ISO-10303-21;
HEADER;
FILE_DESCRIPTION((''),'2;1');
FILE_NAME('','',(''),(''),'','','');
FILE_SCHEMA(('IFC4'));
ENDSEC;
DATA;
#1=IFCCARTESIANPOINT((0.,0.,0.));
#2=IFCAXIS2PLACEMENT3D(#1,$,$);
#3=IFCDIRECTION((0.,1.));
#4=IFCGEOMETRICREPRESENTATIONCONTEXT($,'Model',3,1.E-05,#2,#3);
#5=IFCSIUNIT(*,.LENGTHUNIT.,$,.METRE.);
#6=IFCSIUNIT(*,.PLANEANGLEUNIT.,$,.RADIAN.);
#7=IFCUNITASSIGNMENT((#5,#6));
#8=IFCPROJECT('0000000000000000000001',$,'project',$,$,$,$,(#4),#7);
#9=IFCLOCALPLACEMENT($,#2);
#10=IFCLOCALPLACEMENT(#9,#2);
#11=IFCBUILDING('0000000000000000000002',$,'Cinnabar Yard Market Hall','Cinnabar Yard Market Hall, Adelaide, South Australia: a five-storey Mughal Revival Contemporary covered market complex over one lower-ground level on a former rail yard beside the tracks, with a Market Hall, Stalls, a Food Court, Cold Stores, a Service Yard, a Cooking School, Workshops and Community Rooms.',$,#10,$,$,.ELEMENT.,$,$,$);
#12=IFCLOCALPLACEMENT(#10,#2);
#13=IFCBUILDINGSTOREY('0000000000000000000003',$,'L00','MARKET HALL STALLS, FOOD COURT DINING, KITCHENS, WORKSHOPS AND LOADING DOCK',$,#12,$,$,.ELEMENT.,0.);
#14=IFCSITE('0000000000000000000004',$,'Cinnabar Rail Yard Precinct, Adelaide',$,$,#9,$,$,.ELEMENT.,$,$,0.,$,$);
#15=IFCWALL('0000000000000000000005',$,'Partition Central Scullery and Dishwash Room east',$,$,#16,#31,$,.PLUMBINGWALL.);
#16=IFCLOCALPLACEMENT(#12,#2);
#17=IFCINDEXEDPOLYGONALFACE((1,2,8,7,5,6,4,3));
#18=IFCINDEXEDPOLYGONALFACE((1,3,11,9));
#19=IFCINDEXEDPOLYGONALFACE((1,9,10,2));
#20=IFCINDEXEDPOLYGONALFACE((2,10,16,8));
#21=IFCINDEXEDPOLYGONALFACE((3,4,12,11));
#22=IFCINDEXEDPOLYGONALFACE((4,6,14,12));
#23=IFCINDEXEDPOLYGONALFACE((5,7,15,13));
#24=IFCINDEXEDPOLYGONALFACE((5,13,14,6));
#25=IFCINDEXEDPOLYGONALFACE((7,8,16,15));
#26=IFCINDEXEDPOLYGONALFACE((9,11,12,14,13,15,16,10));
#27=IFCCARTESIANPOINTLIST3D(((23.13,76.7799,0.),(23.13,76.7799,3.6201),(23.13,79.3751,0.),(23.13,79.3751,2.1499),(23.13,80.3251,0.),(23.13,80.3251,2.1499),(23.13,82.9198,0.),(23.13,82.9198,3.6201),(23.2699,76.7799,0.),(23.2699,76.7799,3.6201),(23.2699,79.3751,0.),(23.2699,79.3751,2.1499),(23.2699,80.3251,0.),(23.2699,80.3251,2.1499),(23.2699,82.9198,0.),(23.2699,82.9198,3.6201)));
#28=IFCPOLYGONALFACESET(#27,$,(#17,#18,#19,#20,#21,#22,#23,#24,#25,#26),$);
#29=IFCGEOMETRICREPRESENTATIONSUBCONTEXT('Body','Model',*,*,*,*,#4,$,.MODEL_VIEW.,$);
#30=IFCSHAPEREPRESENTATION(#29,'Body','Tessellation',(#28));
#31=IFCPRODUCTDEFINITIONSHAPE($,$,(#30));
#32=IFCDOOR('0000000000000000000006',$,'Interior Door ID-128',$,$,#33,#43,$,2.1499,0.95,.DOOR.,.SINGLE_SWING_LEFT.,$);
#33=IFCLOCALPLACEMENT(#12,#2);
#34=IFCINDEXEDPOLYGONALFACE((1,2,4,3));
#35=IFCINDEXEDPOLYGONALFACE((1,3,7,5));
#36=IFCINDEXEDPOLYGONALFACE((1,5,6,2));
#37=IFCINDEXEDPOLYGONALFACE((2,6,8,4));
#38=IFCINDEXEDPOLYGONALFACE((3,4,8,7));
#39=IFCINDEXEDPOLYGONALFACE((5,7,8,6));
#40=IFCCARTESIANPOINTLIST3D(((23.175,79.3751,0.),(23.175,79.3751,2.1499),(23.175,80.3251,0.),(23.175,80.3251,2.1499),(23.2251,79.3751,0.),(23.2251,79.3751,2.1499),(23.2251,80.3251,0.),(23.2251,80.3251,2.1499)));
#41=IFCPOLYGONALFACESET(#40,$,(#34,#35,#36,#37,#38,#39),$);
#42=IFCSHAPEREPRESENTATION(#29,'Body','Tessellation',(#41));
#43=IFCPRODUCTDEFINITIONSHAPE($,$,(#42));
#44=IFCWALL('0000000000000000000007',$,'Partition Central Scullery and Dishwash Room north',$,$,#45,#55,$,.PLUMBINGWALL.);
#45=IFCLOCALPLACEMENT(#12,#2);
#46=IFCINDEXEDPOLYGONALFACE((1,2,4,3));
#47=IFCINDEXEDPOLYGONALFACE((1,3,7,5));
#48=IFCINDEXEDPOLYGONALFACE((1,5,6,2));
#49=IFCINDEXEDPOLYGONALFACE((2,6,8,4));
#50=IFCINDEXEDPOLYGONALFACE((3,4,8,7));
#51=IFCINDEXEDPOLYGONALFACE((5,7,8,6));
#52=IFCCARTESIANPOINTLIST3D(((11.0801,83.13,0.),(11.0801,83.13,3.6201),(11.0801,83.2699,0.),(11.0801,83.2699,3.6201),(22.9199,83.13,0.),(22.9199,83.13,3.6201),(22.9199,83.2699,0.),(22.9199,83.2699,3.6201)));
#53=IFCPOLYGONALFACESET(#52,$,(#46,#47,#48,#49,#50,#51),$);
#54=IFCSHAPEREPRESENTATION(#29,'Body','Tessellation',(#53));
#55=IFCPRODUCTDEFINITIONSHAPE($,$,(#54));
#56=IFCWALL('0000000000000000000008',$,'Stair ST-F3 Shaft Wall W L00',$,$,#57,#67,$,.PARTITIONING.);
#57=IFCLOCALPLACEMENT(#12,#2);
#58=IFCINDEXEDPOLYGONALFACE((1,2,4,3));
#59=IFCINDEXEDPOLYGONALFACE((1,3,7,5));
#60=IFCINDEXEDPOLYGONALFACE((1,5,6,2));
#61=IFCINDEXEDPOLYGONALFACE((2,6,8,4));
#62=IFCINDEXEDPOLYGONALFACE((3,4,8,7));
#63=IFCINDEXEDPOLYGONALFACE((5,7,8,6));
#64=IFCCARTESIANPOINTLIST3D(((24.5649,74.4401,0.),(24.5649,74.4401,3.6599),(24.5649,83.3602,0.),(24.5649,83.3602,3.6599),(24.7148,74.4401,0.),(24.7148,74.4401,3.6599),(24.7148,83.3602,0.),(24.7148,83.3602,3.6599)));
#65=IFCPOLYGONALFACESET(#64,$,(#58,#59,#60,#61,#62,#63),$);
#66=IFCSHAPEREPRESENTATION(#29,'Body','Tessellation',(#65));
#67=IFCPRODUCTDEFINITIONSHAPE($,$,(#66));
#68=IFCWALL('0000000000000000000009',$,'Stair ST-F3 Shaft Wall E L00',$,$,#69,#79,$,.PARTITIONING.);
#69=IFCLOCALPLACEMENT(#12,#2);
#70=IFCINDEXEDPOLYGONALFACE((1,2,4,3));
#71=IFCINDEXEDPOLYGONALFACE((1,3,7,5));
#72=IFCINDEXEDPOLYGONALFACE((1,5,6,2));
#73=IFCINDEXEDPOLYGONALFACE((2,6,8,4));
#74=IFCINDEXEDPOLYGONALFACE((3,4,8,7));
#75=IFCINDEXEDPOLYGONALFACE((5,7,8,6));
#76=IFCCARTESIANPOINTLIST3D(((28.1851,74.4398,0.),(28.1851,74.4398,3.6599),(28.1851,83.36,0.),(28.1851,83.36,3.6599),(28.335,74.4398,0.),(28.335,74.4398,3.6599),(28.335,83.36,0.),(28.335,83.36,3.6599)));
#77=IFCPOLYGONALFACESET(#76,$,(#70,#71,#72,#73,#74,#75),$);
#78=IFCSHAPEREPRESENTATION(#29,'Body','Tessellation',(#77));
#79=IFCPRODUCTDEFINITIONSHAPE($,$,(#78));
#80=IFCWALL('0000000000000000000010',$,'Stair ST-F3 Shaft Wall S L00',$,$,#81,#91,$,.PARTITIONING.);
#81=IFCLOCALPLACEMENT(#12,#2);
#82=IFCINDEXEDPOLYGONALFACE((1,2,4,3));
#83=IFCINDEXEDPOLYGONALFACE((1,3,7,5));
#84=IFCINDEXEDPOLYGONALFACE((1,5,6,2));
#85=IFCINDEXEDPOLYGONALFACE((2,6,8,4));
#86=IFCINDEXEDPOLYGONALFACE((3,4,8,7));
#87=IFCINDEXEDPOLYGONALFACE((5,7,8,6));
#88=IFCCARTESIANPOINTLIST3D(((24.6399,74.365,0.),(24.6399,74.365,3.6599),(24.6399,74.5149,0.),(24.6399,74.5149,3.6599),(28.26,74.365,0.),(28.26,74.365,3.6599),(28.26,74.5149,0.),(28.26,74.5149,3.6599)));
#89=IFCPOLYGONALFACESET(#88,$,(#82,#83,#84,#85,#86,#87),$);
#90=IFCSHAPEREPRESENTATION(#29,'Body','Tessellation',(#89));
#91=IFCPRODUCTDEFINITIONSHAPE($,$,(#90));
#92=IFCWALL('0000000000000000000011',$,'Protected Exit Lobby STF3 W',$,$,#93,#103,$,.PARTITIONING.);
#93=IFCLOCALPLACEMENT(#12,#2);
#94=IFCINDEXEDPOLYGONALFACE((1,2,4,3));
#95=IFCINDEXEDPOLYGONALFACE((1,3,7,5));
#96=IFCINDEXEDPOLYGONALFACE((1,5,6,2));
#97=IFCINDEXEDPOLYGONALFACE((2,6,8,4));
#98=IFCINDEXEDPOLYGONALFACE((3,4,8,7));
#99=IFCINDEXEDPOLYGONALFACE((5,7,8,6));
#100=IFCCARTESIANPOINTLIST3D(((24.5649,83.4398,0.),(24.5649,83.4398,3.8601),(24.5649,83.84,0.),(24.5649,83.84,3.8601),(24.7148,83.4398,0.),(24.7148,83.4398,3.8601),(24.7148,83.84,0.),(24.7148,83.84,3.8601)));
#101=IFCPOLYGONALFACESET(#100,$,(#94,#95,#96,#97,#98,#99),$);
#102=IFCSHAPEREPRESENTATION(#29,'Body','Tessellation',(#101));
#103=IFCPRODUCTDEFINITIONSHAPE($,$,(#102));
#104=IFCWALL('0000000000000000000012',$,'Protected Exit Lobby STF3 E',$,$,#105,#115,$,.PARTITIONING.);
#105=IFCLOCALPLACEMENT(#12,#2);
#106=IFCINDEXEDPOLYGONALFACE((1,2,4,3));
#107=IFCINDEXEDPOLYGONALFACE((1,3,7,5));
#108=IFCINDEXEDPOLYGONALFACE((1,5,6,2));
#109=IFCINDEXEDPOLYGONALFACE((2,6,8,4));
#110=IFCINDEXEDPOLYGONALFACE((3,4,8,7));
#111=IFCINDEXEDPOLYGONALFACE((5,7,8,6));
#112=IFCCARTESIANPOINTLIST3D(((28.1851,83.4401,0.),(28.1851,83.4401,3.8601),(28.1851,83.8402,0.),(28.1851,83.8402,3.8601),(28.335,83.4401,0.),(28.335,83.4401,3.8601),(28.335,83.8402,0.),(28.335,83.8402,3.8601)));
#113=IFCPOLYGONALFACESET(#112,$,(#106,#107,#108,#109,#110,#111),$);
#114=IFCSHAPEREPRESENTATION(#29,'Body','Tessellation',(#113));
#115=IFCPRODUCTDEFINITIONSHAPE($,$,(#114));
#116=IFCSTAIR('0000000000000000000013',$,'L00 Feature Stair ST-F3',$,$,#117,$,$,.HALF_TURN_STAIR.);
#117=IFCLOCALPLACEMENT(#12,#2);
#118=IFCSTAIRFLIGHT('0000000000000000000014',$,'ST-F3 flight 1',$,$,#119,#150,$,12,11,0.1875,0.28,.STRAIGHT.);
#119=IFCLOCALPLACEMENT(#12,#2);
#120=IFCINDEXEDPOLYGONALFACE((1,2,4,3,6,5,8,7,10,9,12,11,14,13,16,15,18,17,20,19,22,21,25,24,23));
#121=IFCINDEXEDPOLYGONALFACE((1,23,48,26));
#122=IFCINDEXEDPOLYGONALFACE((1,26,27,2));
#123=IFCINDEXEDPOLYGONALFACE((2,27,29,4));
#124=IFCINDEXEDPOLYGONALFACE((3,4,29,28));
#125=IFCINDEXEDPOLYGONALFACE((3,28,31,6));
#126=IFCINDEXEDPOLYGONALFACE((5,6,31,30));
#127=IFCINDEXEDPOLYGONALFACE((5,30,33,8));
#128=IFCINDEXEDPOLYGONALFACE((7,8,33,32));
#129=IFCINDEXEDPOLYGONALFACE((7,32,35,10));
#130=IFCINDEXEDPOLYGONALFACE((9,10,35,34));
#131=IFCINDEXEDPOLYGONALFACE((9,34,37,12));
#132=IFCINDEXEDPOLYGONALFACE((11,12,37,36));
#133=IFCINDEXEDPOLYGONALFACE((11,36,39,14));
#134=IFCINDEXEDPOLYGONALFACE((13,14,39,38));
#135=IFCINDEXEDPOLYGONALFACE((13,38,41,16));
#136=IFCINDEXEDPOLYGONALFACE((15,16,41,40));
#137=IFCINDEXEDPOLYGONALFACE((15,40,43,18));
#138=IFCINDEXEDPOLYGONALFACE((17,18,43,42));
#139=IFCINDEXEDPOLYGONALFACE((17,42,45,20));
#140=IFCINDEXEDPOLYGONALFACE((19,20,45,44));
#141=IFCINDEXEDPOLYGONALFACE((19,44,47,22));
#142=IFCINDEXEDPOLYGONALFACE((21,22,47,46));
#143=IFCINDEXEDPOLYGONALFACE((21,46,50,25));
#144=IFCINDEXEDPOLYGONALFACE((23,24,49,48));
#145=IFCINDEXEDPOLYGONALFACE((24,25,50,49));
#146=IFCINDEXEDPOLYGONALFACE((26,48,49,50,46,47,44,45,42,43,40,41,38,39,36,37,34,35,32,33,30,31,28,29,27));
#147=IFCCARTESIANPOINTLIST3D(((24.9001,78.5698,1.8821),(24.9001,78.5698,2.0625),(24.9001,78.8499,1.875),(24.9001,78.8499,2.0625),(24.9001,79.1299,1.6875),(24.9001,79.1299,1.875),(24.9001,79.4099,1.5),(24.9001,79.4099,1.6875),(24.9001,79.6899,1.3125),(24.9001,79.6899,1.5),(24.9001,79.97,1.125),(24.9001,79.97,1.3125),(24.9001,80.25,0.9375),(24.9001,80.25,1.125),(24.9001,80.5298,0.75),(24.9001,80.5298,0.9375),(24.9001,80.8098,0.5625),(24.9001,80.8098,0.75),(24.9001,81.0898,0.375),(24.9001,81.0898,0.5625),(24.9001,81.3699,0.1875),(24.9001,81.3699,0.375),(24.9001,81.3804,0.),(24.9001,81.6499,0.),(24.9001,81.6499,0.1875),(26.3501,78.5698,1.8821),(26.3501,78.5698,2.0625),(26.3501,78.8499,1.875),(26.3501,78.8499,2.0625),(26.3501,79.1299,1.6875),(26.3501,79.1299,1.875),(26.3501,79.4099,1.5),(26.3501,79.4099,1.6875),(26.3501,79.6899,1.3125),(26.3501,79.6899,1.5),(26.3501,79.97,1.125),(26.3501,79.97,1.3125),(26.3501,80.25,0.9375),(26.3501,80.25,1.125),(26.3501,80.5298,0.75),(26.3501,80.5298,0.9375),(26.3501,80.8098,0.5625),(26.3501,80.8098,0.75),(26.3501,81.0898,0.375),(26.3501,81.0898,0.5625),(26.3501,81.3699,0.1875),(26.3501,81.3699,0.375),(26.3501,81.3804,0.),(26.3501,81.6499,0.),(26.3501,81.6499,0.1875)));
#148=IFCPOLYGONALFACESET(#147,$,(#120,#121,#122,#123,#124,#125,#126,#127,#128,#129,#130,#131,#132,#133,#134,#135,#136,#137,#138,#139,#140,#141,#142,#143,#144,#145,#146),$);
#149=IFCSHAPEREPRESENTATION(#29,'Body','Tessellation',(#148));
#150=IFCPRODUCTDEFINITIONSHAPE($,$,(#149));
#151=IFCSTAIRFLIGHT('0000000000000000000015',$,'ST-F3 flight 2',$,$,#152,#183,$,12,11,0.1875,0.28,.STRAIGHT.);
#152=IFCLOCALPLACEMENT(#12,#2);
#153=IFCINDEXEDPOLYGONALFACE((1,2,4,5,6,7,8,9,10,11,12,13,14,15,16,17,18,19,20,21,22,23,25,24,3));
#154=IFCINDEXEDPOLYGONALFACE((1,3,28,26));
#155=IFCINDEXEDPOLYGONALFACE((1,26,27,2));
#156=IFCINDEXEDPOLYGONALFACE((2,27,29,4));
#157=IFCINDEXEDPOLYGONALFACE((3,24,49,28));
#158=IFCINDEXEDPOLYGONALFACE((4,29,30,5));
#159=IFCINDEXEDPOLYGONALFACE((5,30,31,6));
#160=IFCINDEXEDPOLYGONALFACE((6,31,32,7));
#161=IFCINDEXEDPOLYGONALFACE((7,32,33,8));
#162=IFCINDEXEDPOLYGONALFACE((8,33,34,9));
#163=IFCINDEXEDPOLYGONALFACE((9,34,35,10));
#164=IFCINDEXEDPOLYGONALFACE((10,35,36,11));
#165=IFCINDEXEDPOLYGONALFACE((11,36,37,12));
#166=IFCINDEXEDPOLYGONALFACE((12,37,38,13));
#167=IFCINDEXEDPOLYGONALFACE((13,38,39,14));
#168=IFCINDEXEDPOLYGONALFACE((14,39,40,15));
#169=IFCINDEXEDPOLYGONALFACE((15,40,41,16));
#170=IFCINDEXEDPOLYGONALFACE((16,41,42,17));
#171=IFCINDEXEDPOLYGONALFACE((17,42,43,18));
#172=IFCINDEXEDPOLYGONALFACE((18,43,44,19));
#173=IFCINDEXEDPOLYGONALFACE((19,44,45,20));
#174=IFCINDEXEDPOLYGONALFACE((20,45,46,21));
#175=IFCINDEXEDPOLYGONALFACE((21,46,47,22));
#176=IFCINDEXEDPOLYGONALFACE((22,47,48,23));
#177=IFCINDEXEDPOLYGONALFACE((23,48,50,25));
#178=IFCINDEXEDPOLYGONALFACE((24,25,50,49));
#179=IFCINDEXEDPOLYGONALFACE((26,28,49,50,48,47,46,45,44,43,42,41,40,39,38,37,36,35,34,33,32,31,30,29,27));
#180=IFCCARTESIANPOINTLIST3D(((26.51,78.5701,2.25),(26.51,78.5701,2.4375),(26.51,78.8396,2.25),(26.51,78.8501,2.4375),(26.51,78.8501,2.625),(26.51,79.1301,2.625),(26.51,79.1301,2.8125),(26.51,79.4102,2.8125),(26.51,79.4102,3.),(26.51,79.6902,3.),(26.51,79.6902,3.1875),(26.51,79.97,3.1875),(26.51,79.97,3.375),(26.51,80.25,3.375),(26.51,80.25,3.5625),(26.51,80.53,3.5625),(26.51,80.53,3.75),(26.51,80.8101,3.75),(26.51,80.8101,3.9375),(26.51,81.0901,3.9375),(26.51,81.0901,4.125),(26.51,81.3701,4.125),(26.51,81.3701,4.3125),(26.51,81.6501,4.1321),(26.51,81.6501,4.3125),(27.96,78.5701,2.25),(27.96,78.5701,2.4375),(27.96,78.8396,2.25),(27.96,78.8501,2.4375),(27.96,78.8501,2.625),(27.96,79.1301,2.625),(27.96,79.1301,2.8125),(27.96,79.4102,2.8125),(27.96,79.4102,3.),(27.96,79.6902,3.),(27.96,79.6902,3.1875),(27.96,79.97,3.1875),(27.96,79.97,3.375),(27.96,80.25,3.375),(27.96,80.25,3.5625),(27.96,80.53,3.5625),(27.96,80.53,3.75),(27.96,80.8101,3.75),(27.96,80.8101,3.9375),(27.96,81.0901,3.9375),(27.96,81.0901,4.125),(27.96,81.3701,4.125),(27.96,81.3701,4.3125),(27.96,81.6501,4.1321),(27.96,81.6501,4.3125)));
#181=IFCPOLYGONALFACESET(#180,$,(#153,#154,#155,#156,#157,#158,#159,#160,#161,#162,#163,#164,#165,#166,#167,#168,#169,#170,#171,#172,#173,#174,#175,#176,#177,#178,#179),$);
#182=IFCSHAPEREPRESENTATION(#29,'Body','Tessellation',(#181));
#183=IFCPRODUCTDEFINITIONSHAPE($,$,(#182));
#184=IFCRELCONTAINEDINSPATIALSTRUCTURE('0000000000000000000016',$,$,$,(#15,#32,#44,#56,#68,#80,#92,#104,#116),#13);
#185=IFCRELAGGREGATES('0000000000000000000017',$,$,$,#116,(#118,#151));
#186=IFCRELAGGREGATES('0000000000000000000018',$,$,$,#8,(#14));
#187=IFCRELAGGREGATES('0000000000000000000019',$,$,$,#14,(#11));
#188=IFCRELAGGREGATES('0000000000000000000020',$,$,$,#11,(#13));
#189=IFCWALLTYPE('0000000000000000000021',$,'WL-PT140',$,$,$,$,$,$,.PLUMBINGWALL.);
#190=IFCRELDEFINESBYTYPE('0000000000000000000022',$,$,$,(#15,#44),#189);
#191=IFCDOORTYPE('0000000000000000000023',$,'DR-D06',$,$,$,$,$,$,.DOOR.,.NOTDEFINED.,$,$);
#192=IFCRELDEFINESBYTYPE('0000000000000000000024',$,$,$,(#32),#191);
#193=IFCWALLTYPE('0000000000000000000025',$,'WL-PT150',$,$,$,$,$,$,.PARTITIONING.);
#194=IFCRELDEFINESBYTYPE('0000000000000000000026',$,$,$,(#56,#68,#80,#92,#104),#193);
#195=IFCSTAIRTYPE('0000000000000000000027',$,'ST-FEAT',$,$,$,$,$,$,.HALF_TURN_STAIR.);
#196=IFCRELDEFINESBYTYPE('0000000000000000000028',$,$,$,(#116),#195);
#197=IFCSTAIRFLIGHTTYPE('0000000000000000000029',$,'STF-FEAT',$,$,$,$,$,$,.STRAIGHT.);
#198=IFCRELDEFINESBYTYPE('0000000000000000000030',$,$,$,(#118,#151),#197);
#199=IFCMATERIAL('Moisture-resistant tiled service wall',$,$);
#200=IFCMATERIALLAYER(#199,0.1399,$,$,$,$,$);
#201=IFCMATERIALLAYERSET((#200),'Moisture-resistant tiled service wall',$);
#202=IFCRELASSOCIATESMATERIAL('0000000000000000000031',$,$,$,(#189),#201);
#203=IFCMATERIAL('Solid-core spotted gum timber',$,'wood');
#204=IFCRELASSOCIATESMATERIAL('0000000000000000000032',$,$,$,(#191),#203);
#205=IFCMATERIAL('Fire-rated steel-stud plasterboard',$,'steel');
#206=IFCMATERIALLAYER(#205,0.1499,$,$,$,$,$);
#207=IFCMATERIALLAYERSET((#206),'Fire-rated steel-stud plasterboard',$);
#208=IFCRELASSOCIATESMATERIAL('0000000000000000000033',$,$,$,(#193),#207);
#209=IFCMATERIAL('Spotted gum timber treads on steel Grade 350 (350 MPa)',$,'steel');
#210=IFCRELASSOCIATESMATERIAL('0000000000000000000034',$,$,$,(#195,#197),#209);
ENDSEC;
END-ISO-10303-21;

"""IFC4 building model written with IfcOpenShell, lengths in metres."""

from ifc_helpers import new_model, si_unit, direction, frame, frame_2d, origin, place, context, subcontext, project, spatial, polyline, rectangle, outline, extrude, material, layer, layer_set, type_object, element, fill, aggregate, save


model = new_model("IFC4")

# Units and contexts
model_context = context("Model", 3, precision=1e-05, world=origin(), true_north=direction((0.0, 1.0)))
body_context = subcontext(model_context, "Body", "Model", "MODEL_VIEW")
ifc_project = project(units=[si_unit("LENGTHUNIT", "METRE"), si_unit("PLANEANGLEUNIT", "RADIAN")], contexts=[model_context])

# Site, building, storey
site_placement = place(None, origin())
site = spatial("IfcSite", under=ifc_project, at=site_placement, Name="Cinnabar Rail Yard Precinct, Adelaide", CompositionType="ELEMENT", RefElevation=0.0)
building_placement = place(site_placement, origin())
building = spatial("IfcBuilding", under=site, at=building_placement, Name="Cinnabar Yard Market Hall", Description="Cinnabar Yard Market Hall, Adelaide, South Australia: a five-storey Mughal Revival Contemporary covered market complex over one lower-ground level on a former rail yard beside the tracks, with a Market Hall, Stalls, a Food Court, Cold Stores, a Service Yard, a Cooking School, Workshops and Community Rooms.", CompositionType="ELEMENT")
storey_placement = place(building_placement, origin())
storey = spatial("IfcBuildingStorey", under=building, at=storey_placement, Name="L00", Description="MARKET HALL STALLS, FOOD COURT DINING, KITCHENS, WORKSHOPS AND LOADING DOCK", CompositionType="ELEMENT", Elevation=0.0)

# Wall, opening, door
ifc_material_1 = material(Name="Moisture-resistant tiled service wall")
ifc_layer_1 = layer(ifc_material_1, 0.1399)
ifc_layer_set_1 = layer_set([ifc_layer_1], Name="Moisture-resistant tiled service wall")
wall_type_1 = type_object("IfcWallType", Name="WL-PT140", PredefinedType="PLUMBINGWALL", material=ifc_layer_set_1)
ifc_material_2 = material(Name="Solid-core spotted gum timber", Category="wood")
wall_1_placement = place(storey_placement, frame((23.2, 76.78, 0.0), z_axis=(0.0, 0.0, 1.0), x_axis=(0.0, 1.0, 0.0)))
wall_1 = element("IfcWall", 1, at=wall_1_placement, inside=storey, type_object=wall_type_1, Name="Partition Central Scullery and Dishwash Room east", PredefinedType="PLUMBINGWALL", context=body_context, shape_type="SweptSolid", body=[
    extrude(rectangle(XDim=6.1399, YDim=0.1399, at=frame_2d((3.0698, 0.0), x_axis=(1.0, 0.0))), origin(), (0.0, 0.0, 1.0), 3.6201),
])
opening_1_placement = place(wall_1_placement, frame((2.595, 0.0, 0.0)))
opening_1 = element("IfcOpeningElement", 2, at=opening_1_placement, cuts=wall_1, PredefinedType="OPENING", context=body_context, shape_type="SweptSolid", body=[
    extrude(rectangle(XDim=0.95, YDim=2.1499, at=frame_2d((0.4751, 1.075), x_axis=(1.0, 0.0))), frame((0.0, 0.0798, 0.0), z_axis=(0.0, -1.0, 0.0), x_axis=(1.0, 0.0, 0.0)), (0.0, 0.0, 1.0), 0.1599),
])
door_type_1 = type_object("IfcDoorType", Name="DR-D06", OperationType="NOTDEFINED", PredefinedType="DOOR", material=ifc_material_2)
door_1_placement = place(opening_1_placement, origin())
door_1 = element("IfcDoor", 3, at=door_1_placement, inside=storey, type_object=door_type_1, Name="Interior Door ID-128", OperationType="SINGLE_SWING_LEFT", OverallHeight=2.1499, OverallWidth=0.95, PredefinedType="DOOR", context=body_context, shape_type="SweptSolid", body=[
    extrude(rectangle(XDim=0.95, YDim=2.1499, at=frame_2d((0.4751, 1.075), x_axis=(1.0, 0.0))), frame((0.0, 0.0249, 0.0), z_axis=(0.0, -1.0, 0.0), x_axis=(1.0, 0.0, 0.0)), (0.0, 0.0, 1.0), 0.05),
])
fill(opening_1, door_1)

# Walls
wall_2_placement = place(storey_placement, frame((22.9199, 83.2, 0.0), z_axis=(0.0, 0.0, 1.0), x_axis=(-1.0, 0.0, 0.0)))
element("IfcWall", 4, at=wall_2_placement, inside=storey, type_object=wall_type_1, Name="Partition Central Scullery and Dishwash Room north", PredefinedType="PLUMBINGWALL", context=body_context, shape_type="SweptSolid", body=[
    extrude(rectangle(XDim=11.8398, YDim=0.1399, at=frame_2d((5.9199, 0.0), x_axis=(1.0, 0.0))), origin(), (0.0, 0.0, 1.0), 3.6201),
])
ifc_material_3 = material(Name="Fire-rated steel-stud plasterboard", Category="steel")
ifc_layer_2 = layer(ifc_material_3, 0.1499)
ifc_layer_set_2 = layer_set([ifc_layer_2], Name="Fire-rated steel-stud plasterboard")
wall_type_2 = type_object("IfcWallType", Name="WL-PT150", PredefinedType="PARTITIONING", material=ifc_layer_set_2)
for number, where, z_axis, x_axis, name in (
    (5, (24.6399, 83.3601, 0.0), (0.0, 0.0, 1.0), (0.0, -1.0, 0.0), "Stair ST-F3 Shaft Wall W L00"),
    (6, (28.26, 74.4399, 0.0), (0.0, 0.0, 1.0), (0.0, 1.0, 0.0), "Stair ST-F3 Shaft Wall E L00"),
):
    element("IfcWall", number, at=place(storey_placement, frame(where, z_axis=z_axis, x_axis=x_axis)), inside=storey, type_object=wall_type_2, Name=name, PredefinedType="PARTITIONING", context=body_context, shape_type="SweptSolid", body=[
        extrude(rectangle(XDim=8.9202, YDim=0.1499, at=frame_2d((4.46, 0.0), x_axis=(1.0, 0.0))), origin(), (0.0, 0.0, 1.0), 3.6599),
    ])
wall_3_placement = place(storey_placement, frame((24.6399, 74.4399, 0.0), z_axis=(0.0, 0.0, 1.0), x_axis=(1.0, 0.0, 0.0)))
element("IfcWall", 7, at=wall_3_placement, inside=storey, type_object=wall_type_2, Name="Stair ST-F3 Shaft Wall S L00", PredefinedType="PARTITIONING", context=body_context, shape_type="SweptSolid", body=[
    extrude(rectangle(XDim=3.6201, YDim=0.1499, at=frame_2d((1.8101, 0.0), x_axis=(1.0, 0.0))), origin(), (0.0, 0.0, 1.0), 3.6599),
])

# Walls
for number, where, z_axis, x_axis, name in (
    (8, (24.6399, 83.8401, 0.0), (0.0, 0.0, 1.0), (0.0, -1.0, 0.0), "Protected Exit Lobby STF3 W"),
    (9, (28.26, 83.4399, 0.0), (0.0, 0.0, 1.0), (0.0, 1.0, 0.0), "Protected Exit Lobby STF3 E"),
):
    element("IfcWall", number, at=place(storey_placement, frame(where, z_axis=z_axis, x_axis=x_axis)), inside=storey, type_object=wall_type_2, Name=name, PredefinedType="PARTITIONING", context=body_context, shape_type="SweptSolid", body=[
        extrude(rectangle(XDim=0.4001, YDim=0.1499, at=frame_2d((0.2002, 0.0), x_axis=(1.0, 0.0))), origin(), (0.0, 0.0, 1.0), 3.8601),
    ])

# Stair, stair flights
ifc_material_4 = material(Name="Spotted gum timber treads on steel Grade 350 (350 MPa)", Category="steel")
stair_type = type_object("IfcStairType", Name="ST-FEAT", PredefinedType="HALF_TURN_STAIR", material=ifc_material_4)
stair_placement = place(storey_placement, origin())
stair = element("IfcStair", 10, at=stair_placement, inside=storey, type_object=stair_type, Name="L00 Feature Stair ST-F3", PredefinedType="HALF_TURN_STAIR")
stair_flight_type = type_object("IfcStairFlightType", Name="STF-FEAT", PredefinedType="STRAIGHT", material=ifc_material_4)
stair_flight_1_placement = place(storey_placement, frame((25.625, 81.6499, 0.0), z_axis=(0.0, 0.0, 1.0), x_axis=(0.0, -1.0, 0.0)))
stair_flight_1 = element("IfcStairFlight", 11, at=stair_flight_1_placement, type_object=stair_flight_type, Name="ST-F3 flight 1", NumberOfRisers=12, NumberOfTreads=11, PredefinedType="STRAIGHT", RiserHeight=0.1875, TreadLength=0.28, context=body_context, shape_type="SweptSolid", body=[
    extrude(outline(polyline([(0.0, 0.0), (0.0, 0.1875), (0.28, 0.1875), (0.28, 0.375), (0.5601, 0.375), (0.5601, 0.5625), (0.8401, 0.5625), (0.8401, 0.75), (1.1201, 0.75), (1.1201, 0.9375), (1.3999, 0.9375), (1.3999, 1.125), (1.6799, 1.125), (1.6799, 1.3125), (1.96, 1.3125), (1.96, 1.5), (2.24, 1.5), (2.24, 1.6875), (2.52, 1.6875), (2.52, 1.875), (2.8, 1.875), (2.8, 2.0625), (3.0801, 2.0625), (3.0801, 2.25), (3.0801, 1.8821), (0.2695, 0.0), (0.0, 0.0)])), frame((0.0, 0.7251, 0.0), z_axis=(0.0, -1.0, 0.0), x_axis=(1.0, 0.0, 0.0)), (0.0, 0.0, 1.0), 1.45),
])
stair_flight_2_placement = place(storey_placement, frame((27.2351, 78.5701, 2.25), z_axis=(0.0, 0.0, 1.0), x_axis=(0.0, 1.0, 0.0)))
stair_flight_2 = element("IfcStairFlight", 12, at=stair_flight_2_placement, type_object=stair_flight_type, Name="ST-F3 flight 2", NumberOfRisers=12, NumberOfTreads=11, PredefinedType="STRAIGHT", RiserHeight=0.1875, TreadLength=0.28, context=body_context, shape_type="SweptSolid", body=[
    extrude(outline(polyline([(0.0, 0.0), (0.0, 0.1875), (0.28, 0.1875), (0.28, 0.375), (0.5601, 0.375), (0.5601, 0.5625), (0.8401, 0.5625), (0.8401, 0.75), (1.1201, 0.75), (1.1201, 0.9375), (1.3999, 0.9375), (1.3999, 1.125), (1.6799, 1.125), (1.6799, 1.3125), (1.96, 1.3125), (1.96, 1.5), (2.24, 1.5), (2.24, 1.6875), (2.52, 1.6875), (2.52, 1.875), (2.8, 1.875), (2.8, 2.0625), (3.0801, 2.0625), (3.0801, 2.25), (3.0801, 1.8821), (0.2695, 0.0), (0.0, 0.0)])), frame((0.0, 0.7251, 0.0), z_axis=(0.0, -1.0, 0.0), x_axis=(1.0, 0.0, 0.0)), (0.0, 0.0, 1.0), 1.45),
])
aggregate(stair, [stair_flight_1, stair_flight_2])

save(model, "model.ifc")
